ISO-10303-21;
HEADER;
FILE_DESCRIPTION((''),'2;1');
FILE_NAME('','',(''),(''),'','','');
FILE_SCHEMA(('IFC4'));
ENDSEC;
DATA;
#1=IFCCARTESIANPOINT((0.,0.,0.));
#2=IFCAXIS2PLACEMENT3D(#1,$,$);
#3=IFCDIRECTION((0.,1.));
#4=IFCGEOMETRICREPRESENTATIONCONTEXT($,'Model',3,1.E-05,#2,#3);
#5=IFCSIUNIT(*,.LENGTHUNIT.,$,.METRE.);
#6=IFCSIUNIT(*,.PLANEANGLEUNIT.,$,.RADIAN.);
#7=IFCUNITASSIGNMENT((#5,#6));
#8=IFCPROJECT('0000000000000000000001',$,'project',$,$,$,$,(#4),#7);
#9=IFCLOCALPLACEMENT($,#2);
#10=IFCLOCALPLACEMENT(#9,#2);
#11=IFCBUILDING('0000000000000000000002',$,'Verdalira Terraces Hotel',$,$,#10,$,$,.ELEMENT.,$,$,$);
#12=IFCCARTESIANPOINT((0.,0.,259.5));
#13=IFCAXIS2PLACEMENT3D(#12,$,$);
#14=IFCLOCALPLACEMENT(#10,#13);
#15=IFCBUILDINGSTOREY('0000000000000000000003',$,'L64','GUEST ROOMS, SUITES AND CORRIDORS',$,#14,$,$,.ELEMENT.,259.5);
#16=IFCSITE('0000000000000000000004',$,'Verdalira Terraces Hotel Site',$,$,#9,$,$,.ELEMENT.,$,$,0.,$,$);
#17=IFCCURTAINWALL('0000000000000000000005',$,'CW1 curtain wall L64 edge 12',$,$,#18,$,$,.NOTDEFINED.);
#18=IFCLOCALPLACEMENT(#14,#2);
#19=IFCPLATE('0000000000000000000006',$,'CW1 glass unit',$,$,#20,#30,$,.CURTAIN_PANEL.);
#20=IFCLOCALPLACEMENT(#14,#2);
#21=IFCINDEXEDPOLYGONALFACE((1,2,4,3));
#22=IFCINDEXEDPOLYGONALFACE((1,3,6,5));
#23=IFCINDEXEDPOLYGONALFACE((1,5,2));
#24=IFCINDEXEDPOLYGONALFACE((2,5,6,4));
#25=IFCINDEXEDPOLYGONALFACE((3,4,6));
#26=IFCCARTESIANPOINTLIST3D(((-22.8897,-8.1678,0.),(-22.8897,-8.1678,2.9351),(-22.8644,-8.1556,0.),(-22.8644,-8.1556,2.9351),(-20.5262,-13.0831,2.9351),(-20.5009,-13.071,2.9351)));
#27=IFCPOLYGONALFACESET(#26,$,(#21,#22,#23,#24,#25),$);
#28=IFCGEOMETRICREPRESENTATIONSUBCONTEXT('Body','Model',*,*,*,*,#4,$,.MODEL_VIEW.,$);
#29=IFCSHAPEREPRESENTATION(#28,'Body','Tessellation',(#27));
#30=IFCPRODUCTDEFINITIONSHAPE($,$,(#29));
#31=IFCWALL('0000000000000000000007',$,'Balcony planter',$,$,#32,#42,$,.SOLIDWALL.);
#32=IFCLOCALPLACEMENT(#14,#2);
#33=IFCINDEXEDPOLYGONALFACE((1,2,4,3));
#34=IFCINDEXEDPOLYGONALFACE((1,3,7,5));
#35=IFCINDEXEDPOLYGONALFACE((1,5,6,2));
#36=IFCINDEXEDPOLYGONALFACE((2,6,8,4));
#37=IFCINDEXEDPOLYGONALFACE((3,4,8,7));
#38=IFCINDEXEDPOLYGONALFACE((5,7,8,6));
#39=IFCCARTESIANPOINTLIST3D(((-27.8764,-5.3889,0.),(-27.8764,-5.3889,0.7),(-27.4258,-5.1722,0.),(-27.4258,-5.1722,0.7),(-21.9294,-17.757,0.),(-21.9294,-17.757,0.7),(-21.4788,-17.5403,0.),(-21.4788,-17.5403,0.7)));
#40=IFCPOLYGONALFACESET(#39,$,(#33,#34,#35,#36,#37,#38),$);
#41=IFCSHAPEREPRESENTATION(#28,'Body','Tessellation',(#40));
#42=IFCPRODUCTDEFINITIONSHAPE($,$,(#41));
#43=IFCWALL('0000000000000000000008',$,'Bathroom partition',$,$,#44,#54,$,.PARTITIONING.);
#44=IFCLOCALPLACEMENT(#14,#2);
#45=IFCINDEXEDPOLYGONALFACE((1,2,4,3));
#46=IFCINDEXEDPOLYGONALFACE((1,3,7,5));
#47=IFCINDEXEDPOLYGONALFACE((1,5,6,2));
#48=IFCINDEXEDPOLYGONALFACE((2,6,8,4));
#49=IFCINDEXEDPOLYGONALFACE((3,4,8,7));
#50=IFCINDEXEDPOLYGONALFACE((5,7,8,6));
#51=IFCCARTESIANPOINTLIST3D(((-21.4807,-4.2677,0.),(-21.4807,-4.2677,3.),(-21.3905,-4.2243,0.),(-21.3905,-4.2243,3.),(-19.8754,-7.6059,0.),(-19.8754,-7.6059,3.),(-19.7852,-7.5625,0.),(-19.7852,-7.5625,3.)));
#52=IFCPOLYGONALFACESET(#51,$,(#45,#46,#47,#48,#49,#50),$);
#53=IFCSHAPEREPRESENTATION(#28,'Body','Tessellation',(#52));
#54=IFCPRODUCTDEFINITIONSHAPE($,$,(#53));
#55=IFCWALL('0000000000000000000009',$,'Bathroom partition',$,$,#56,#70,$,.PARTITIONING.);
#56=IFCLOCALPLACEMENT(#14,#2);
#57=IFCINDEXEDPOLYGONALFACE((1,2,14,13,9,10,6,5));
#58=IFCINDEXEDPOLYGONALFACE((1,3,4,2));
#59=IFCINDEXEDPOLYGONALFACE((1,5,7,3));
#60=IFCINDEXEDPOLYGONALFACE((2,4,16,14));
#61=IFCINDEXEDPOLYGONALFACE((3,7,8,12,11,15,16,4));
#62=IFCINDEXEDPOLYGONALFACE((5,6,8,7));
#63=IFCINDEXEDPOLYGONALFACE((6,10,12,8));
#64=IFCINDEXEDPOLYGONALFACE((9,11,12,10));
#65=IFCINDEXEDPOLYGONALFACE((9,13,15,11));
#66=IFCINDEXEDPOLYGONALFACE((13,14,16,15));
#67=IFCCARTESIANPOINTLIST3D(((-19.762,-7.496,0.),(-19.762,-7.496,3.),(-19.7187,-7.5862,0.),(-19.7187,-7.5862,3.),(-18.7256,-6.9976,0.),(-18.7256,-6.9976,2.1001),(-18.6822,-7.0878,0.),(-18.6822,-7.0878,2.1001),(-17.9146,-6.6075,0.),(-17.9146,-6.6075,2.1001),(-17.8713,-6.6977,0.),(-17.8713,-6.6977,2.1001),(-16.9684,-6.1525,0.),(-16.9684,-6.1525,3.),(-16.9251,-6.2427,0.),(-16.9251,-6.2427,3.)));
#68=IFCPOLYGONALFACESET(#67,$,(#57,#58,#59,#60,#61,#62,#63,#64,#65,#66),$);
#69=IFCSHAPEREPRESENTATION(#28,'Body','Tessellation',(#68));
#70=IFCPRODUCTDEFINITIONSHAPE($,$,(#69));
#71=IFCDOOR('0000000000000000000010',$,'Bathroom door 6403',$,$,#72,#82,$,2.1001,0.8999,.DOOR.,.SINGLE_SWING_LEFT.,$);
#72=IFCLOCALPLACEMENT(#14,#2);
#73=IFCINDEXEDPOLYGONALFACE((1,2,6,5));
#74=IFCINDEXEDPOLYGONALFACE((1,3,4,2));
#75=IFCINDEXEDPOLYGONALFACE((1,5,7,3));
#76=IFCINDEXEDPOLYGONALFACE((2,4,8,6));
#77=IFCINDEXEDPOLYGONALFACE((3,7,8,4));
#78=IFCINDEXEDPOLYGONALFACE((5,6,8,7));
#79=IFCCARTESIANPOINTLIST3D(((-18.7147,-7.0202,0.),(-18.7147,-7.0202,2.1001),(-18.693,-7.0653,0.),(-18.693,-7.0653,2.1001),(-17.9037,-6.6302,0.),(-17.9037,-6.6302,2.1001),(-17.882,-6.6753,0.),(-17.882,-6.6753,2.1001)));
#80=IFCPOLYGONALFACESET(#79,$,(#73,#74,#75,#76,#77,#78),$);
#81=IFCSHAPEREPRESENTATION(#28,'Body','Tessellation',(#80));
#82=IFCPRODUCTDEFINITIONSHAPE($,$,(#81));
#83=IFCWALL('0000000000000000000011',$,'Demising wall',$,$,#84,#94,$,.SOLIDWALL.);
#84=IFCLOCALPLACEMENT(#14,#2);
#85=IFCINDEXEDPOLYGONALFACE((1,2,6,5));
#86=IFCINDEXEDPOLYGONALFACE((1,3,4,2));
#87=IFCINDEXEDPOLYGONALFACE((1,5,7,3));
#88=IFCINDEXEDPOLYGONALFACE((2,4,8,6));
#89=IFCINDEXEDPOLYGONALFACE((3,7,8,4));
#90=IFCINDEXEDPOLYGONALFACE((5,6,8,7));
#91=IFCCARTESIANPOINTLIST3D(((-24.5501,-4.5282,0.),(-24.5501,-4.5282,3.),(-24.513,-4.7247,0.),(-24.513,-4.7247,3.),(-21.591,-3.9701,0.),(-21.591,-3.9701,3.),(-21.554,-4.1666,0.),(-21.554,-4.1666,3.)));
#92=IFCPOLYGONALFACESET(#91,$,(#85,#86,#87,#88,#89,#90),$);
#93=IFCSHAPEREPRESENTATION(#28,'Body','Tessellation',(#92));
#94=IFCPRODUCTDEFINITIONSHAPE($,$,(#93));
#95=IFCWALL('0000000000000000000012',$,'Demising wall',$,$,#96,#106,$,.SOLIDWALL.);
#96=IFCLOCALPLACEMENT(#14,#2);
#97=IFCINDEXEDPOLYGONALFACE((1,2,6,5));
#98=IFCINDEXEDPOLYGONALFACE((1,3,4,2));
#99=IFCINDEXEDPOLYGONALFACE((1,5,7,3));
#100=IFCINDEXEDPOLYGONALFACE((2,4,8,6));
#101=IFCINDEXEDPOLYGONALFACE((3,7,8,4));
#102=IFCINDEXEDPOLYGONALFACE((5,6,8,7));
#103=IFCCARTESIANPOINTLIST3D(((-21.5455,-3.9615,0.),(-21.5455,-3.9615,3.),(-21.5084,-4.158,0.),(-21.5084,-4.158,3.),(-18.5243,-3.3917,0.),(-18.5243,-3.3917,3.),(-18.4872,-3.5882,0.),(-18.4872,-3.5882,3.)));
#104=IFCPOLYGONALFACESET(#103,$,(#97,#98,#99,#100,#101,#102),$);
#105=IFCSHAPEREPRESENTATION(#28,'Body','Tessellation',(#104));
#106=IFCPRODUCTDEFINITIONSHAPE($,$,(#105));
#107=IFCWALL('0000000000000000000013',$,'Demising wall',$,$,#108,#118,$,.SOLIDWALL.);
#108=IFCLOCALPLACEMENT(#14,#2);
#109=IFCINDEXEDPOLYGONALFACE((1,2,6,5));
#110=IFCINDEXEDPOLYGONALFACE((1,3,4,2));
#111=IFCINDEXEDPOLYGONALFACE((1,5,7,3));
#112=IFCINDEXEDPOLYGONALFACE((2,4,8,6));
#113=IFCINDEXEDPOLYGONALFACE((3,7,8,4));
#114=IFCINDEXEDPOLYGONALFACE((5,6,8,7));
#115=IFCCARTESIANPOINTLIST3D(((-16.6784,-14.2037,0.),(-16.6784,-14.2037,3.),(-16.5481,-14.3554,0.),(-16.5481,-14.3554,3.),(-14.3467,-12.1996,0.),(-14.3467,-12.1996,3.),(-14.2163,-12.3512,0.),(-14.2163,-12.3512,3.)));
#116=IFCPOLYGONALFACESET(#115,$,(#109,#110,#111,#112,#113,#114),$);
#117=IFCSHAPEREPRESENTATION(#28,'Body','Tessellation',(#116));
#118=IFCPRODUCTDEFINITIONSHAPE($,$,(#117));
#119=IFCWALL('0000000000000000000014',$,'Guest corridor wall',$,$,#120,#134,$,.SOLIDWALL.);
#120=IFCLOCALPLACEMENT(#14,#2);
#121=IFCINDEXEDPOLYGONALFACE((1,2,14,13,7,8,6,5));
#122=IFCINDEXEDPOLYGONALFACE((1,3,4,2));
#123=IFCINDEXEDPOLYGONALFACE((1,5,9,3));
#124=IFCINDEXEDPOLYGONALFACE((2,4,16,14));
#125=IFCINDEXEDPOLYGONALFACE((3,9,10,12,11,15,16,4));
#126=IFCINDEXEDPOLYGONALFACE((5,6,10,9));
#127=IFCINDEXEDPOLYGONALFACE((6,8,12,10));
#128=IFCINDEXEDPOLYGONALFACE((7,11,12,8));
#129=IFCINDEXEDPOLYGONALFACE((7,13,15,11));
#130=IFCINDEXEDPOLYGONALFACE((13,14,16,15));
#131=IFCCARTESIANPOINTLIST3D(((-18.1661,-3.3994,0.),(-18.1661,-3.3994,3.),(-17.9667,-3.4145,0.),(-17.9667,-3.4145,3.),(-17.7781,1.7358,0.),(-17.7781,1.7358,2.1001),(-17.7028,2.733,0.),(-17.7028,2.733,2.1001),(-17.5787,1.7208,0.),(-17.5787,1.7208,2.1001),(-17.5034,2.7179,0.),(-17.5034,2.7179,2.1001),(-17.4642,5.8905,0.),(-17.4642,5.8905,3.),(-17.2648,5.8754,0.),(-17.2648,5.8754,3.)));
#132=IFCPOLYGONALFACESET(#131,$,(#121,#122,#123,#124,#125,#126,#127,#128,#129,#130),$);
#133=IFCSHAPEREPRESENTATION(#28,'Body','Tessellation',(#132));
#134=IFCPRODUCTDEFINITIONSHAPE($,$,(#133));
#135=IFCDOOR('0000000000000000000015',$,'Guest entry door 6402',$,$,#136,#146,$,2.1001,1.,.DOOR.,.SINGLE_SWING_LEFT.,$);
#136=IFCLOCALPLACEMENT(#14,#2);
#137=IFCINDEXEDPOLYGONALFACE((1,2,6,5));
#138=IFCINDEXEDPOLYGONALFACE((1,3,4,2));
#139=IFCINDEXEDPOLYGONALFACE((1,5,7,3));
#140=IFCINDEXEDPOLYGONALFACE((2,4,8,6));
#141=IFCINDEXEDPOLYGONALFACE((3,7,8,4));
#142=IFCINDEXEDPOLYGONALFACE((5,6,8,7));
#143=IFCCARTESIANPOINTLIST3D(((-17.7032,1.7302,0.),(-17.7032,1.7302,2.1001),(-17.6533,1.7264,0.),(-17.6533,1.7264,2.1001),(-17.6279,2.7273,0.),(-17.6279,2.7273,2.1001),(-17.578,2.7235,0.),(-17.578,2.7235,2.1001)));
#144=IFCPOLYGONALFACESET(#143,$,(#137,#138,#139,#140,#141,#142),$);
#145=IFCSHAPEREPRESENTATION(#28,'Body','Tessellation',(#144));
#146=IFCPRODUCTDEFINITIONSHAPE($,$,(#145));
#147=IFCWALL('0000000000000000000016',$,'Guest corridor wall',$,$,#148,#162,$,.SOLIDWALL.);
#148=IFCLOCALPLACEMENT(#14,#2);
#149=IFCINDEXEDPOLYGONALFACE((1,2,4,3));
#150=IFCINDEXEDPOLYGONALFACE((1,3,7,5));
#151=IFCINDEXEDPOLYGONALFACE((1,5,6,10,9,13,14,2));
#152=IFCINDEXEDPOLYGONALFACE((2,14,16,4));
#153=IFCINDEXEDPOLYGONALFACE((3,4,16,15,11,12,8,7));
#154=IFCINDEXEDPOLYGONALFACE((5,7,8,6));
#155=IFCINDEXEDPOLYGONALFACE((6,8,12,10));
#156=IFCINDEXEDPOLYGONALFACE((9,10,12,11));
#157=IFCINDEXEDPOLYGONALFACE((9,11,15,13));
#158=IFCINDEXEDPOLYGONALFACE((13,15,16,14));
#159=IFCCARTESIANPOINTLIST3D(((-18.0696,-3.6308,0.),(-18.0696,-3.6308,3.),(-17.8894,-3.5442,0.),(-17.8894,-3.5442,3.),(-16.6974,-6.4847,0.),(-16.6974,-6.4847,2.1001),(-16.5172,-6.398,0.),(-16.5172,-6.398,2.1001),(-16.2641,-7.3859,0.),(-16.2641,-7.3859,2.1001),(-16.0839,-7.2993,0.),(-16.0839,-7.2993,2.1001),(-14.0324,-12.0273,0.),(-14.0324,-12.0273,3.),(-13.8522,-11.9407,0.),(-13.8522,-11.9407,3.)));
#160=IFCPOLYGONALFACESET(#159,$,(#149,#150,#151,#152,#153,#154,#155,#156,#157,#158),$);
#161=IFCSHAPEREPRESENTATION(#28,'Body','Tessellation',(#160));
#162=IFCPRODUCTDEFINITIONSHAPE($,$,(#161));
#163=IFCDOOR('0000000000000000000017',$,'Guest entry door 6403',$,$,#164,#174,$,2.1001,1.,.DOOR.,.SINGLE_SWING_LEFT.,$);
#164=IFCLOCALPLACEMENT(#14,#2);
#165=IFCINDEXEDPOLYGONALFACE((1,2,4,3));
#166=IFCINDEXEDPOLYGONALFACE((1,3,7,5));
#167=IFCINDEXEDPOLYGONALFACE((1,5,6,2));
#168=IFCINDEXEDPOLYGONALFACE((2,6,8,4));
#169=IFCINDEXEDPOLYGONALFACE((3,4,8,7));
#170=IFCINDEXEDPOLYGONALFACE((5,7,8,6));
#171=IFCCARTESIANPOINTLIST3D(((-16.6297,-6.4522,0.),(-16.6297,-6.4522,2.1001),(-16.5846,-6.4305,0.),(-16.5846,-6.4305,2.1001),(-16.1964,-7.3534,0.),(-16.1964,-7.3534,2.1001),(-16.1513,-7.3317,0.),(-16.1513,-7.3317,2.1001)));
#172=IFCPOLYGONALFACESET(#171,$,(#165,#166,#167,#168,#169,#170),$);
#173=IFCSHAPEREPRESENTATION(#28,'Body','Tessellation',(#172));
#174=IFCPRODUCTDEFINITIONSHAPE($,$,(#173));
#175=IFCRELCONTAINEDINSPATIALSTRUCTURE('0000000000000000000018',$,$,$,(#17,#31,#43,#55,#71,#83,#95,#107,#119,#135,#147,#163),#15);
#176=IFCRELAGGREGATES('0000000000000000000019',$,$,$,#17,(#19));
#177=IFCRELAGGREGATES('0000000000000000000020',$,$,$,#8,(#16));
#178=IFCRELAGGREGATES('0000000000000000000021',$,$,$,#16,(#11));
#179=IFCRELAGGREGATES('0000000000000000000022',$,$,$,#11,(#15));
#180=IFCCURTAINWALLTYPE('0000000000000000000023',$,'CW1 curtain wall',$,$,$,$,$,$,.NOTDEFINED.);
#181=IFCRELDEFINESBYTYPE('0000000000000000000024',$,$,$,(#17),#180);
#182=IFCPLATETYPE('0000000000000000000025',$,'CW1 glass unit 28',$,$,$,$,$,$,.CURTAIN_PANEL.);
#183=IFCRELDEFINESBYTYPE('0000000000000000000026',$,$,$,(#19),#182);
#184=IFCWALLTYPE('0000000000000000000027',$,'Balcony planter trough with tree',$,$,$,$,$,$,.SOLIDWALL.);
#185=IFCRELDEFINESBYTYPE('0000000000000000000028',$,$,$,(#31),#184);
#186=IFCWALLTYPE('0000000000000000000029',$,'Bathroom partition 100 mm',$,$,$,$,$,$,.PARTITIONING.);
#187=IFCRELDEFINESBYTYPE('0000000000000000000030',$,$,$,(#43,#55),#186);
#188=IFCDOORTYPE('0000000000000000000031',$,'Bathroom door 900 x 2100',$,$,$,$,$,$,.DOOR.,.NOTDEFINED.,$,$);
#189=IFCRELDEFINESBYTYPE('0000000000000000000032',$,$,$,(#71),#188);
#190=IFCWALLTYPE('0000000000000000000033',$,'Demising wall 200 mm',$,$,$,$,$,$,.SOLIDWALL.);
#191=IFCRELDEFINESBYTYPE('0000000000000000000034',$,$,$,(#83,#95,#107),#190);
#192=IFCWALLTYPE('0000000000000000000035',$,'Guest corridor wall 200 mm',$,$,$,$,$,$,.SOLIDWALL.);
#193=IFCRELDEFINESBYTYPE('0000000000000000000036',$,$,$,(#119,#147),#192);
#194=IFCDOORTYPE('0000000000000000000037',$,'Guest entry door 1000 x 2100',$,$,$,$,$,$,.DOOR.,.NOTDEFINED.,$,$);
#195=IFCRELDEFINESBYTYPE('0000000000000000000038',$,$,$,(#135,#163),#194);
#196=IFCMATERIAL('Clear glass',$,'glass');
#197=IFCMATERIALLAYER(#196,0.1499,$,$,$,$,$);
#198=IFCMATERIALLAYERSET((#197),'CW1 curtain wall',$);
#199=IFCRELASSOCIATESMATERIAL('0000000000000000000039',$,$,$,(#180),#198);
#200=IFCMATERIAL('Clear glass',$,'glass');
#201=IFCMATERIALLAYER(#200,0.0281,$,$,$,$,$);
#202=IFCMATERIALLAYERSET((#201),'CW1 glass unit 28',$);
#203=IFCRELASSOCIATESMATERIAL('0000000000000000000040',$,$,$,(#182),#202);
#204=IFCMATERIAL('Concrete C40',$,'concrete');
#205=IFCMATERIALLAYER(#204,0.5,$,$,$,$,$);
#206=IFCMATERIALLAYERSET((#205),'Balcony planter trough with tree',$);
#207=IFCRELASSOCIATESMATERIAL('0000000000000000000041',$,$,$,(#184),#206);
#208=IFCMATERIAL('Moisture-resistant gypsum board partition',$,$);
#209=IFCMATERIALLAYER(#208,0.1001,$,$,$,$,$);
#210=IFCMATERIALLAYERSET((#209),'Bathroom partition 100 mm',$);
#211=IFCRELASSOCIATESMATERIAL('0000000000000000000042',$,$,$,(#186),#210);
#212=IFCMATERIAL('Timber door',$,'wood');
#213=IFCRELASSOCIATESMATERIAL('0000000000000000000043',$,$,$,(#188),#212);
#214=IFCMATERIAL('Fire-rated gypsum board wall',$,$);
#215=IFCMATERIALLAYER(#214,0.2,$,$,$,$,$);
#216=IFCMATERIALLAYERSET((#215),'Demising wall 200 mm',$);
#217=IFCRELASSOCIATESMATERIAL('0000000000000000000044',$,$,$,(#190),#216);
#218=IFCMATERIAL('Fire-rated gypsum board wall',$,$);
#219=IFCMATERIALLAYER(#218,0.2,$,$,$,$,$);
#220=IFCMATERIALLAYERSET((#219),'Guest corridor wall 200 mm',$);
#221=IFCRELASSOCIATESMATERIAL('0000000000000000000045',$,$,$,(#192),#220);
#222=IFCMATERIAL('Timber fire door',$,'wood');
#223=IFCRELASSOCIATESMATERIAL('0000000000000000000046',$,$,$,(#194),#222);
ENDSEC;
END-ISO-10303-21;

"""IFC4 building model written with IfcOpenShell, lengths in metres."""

from ifc_helpers import new_model, si_unit, direction, frame, frame_2d, origin, place, context, subcontext, project, spatial, polyline, rectangle, outline, extrude, material, layer, layer_set, type_object, element, fill, aggregate, save


model = new_model("IFC4")

# Units and contexts
model_context = context("Model", 3, precision=1e-05, world=origin(), true_north=direction((0.0, 1.0)))
body_context = subcontext(model_context, "Body", "Model", "MODEL_VIEW")
ifc_project = project(units=[si_unit("LENGTHUNIT", "METRE"), si_unit("PLANEANGLEUNIT", "RADIAN")], contexts=[model_context])

# Site, building, storey
site_placement = place(None, origin())
site = spatial("IfcSite", under=ifc_project, at=site_placement, Name="Verdalira Terraces Hotel Site", CompositionType="ELEMENT", RefElevation=0.0)
building_placement = place(site_placement, origin())
building = spatial("IfcBuilding", under=site, at=building_placement, Name="Verdalira Terraces Hotel", CompositionType="ELEMENT")
storey_placement = place(building_placement, frame((0.0, 0.0, 259.5)))
storey = spatial("IfcBuildingStorey", under=building, at=storey_placement, Name="L64", Description="GUEST ROOMS, SUITES AND CORRIDORS", CompositionType="ELEMENT", Elevation=259.5)

# Shared definitions
ifc_material_1 = material(Name="Clear glass", Category="glass")
ifc_layer_1 = layer(ifc_material_1, 0.1499)
ifc_layer_set_1 = layer_set([ifc_layer_1], Name="CW1 curtain wall")
curtain_wall_type = type_object("IfcCurtainWallType", Name="CW1 curtain wall", PredefinedType="NOTDEFINED", material=ifc_layer_set_1)

# Curtain wall
curtain_wall_1_placement = place(storey_placement, origin())
curtain_wall_1 = element("IfcCurtainWall", 1, at=curtain_wall_1_placement, inside=storey, type_object=curtain_wall_type, Name="CW1 curtain wall L64 edge 12", PredefinedType="NOTDEFINED")

# Plate
ifc_material_2 = material(Name="Clear glass", Category="glass")
ifc_layer_2 = layer(ifc_material_2, 0.0281)
ifc_layer_set_2 = layer_set([ifc_layer_2], Name="CW1 glass unit 28")
plate_type = type_object("IfcPlateType", Name="CW1 glass unit 28", PredefinedType="CURTAIN_PANEL", material=ifc_layer_set_2)
plate_1_placement = place(storey_placement, frame((-21.6826, -10.6133, 1.4675), z_axis=(-0.901228, -0.433345, 0.0), x_axis=(0.433345, -0.901228, 0.0)))
plate_1 = element("IfcPlate", 2, at=plate_1_placement, type_object=plate_type, Name="CW1 glass unit", PredefinedType="CURTAIN_PANEL", context=body_context, shape_type="SweptSolid", body=[
    extrude(outline(polyline([(-2.7271, -1.4675), (2.7271, 1.4675), (-2.7271, 1.4675), (-2.7271, -1.4675)])), origin(), (0.0, 0.0, 1.0), 0.0281),
])
aggregate(curtain_wall_1, [plate_1])

# Walls
ifc_material_3 = material(Name="Concrete C40", Category="concrete")
ifc_layer_3 = layer(ifc_material_3, 0.5)
ifc_layer_set_3 = layer_set([ifc_layer_3], Name="Balcony planter trough with tree")
wall_type_1 = type_object("IfcWallType", Name="Balcony planter trough with tree", PredefinedType="SOLIDWALL", material=ifc_layer_set_3)
wall_1_placement = place(storey_placement, frame((-27.6511, -5.2805, 0.0), z_axis=(0.0, 0.0, 1.0), x_axis=(0.433341, -0.90123, 0.0)))
element("IfcWall", 3, at=wall_1_placement, inside=storey, type_object=wall_type_1, Name="Balcony planter", PredefinedType="SOLIDWALL", context=body_context, shape_type="SweptSolid", body=[
    extrude(rectangle(XDim=13.7236, YDim=0.5, at=frame_2d((6.8618, 0.0))), origin(), (0.0, 0.0, 1.0), 0.7),
])
ifc_material_4 = material(Name="Moisture-resistant gypsum board partition")
ifc_layer_4 = layer(ifc_material_4, 0.1001)
ifc_layer_set_4 = layer_set([ifc_layer_4], Name="Bathroom partition 100 mm")
wall_type_2 = type_object("IfcWallType", Name="Bathroom partition 100 mm", PredefinedType="PARTITIONING", material=ifc_layer_set_4)
wall_2_placement = place(storey_placement, frame((-19.8303, -7.5842, 0.0), z_axis=(0.0, 0.0, 1.0), x_axis=(-0.433372, 0.901215, 0.0)))
element("IfcWall", 4, at=wall_2_placement, inside=storey, type_object=wall_type_2, Name="Bathroom partition", PredefinedType="PARTITIONING", context=body_context, shape_type="SweptSolid", body=[
    extrude(rectangle(XDim=3.7041, YDim=0.1001, at=frame_2d((1.8521, 0.0))), origin(), (0.0, 0.0, 1.0), 3.0),
])

# Wall, opening, door
wall_3_placement = place(storey_placement, frame((-19.7402, -7.541, 0.0), z_axis=(0.0, 0.0, 1.0), x_axis=(0.901205, 0.433394, 0.0)))
wall_3 = element("IfcWall", 5, at=wall_3_placement, inside=storey, type_object=wall_type_2, Name="Bathroom partition", PredefinedType="PARTITIONING", context=body_context, shape_type="SweptSolid", body=[
    extrude(rectangle(XDim=3.0999, YDim=0.1001, at=frame_2d((1.5498, 0.0))), origin(), (0.0, 0.0, 1.0), 3.0),
])
opening_1_placement = place(wall_3_placement, frame((1.1499, 0.0, 0.0)))
opening_1 = element("IfcOpeningElement", 6, at=opening_1_placement, cuts=wall_3, PredefinedType="OPENING", context=body_context, shape_type="SweptSolid", body=[
    extrude(rectangle(XDim=0.8999, YDim=2.1001, at=frame_2d((0.45, 1.05))), frame((0.0, 0.0601, 0.0), z_axis=(0.0, -1.0, 0.0), x_axis=(1.0, 0.0, 0.0)), (0.0, 0.0, 1.0), 0.1201),
])
ifc_material_5 = material(Name="Timber door", Category="wood")
door_type_1 = type_object("IfcDoorType", Name="Bathroom door 900 x 2100", OperationType="NOTDEFINED", PredefinedType="DOOR", material=ifc_material_5)
door_1_placement = place(opening_1_placement, origin())
door_1 = element("IfcDoor", 7, at=door_1_placement, inside=storey, type_object=door_type_1, Name="Bathroom door 6403", OperationType="SINGLE_SWING_LEFT", OverallHeight=2.1001, OverallWidth=0.8999, PredefinedType="DOOR", context=body_context, shape_type="SweptSolid", body=[
    extrude(rectangle(XDim=0.8999, YDim=2.1001, at=frame_2d((0.45, 1.05))), frame((0.0, 0.0249, 0.0), z_axis=(0.0, -1.0, 0.0), x_axis=(1.0, 0.0, 0.0)), (0.0, 0.0, 1.0), 0.05),
])
fill(opening_1, door_1)

# Walls
ifc_material_6 = material(Name="Fire-rated gypsum board wall")
ifc_layer_5 = layer(ifc_material_6, 0.2)
ifc_layer_set_5 = layer_set([ifc_layer_5], Name="Demising wall 200 mm")
wall_type_3 = type_object("IfcWallType", Name="Demising wall 200 mm", PredefinedType="SOLIDWALL", material=ifc_layer_set_5)
wall_4_placement = place(storey_placement, frame((-21.5725, -4.0684, 0.0), z_axis=(0.0, 0.0, 1.0), x_axis=(-0.982673, -0.185346, 0.0)))
element("IfcWall", 8, at=wall_4_placement, inside=storey, type_object=wall_type_3, Name="Demising wall", PredefinedType="SOLIDWALL", context=body_context, shape_type="SweptSolid", body=[
    extrude(rectangle(XDim=3.0112, YDim=0.2, at=frame_2d((1.5056, 0.0))), origin(), (0.0, 0.0, 1.0), 3.0),
])
wall_5_placement = place(storey_placement, frame((-18.5059, -3.49, 0.0), z_axis=(0.0, 0.0, 1.0), x_axis=(-0.982675, -0.185338, 0.0)))
element("IfcWall", 9, at=wall_5_placement, inside=storey, type_object=wall_type_3, Name="Demising wall", PredefinedType="SOLIDWALL", context=body_context, shape_type="SweptSolid", body=[
    extrude(rectangle(XDim=3.0745, YDim=0.2, at=frame_2d((1.5371, 0.0))), origin(), (0.0, 0.0, 1.0), 3.0),
])
wall_6_placement = place(storey_placement, frame((-14.2815, -12.2754, 0.0), z_axis=(0.0, 0.0, 1.0), x_axis=(-0.758376, -0.651817, 0.0)))
element("IfcWall", 10, at=wall_6_placement, inside=storey, type_object=wall_type_3, Name="Demising wall", PredefinedType="SOLIDWALL", context=body_context, shape_type="SweptSolid", body=[
    extrude(rectangle(XDim=3.0747, YDim=0.2, at=frame_2d((1.5374, 0.0))), origin(), (0.0, 0.0, 1.0), 3.0),
])

# Walls, openings, doors
ifc_material_7 = material(Name="Fire-rated gypsum board wall")
ifc_layer_6 = layer(ifc_material_7, 0.2)
ifc_layer_set_6 = layer_set([ifc_layer_6], Name="Guest corridor wall 200 mm")
wall_type_4 = type_object("IfcWallType", Name="Guest corridor wall 200 mm", PredefinedType="SOLIDWALL", material=ifc_layer_set_6)
wall_7_placement = place(storey_placement, frame((-18.0664, -3.407, 0.0), z_axis=(0.0, 0.0, 1.0), x_axis=(0.07534, 0.997158, 0.0)))
wall_7 = element("IfcWall", 11, at=wall_7_placement, inside=storey, type_object=wall_type_4, Name="Guest corridor wall", PredefinedType="SOLIDWALL", context=body_context, shape_type="SweptSolid", body=[
    extrude(rectangle(XDim=9.3164, YDim=0.2, at=frame_2d((4.6582, 0.0))), origin(), (0.0, 0.0, 1.0), 3.0),
])
opening_2_placement = place(wall_7_placement, frame((5.1499, 0.0, 0.0)))
opening_2 = element("IfcOpeningElement", 12, at=opening_2_placement, cuts=wall_7, PredefinedType="OPENING", context=body_context, shape_type="SweptSolid", body=[
    extrude(rectangle(XDim=1.0, YDim=2.1001, at=frame_2d((0.5, 1.05))), frame((0.0, 0.1099, 0.0), z_axis=(0.0, -1.0, 0.0), x_axis=(1.0, 0.0, 0.0)), (0.0, 0.0, 1.0), 0.22),
])
ifc_material_8 = material(Name="Timber fire door", Category="wood")
door_type_2 = type_object("IfcDoorType", Name="Guest entry door 1000 x 2100", OperationType="NOTDEFINED", PredefinedType="DOOR", material=ifc_material_8)
door_2_placement = place(opening_2_placement, origin())
door_2 = element("IfcDoor", 13, at=door_2_placement, inside=storey, type_object=door_type_2, Name="Guest entry door 6402", OperationType="SINGLE_SWING_LEFT", OverallHeight=2.1001, OverallWidth=1.0, PredefinedType="DOOR", context=body_context, shape_type="SweptSolid", body=[
    extrude(rectangle(XDim=1.0, YDim=2.1001, at=frame_2d((0.5, 1.05))), frame((0.0, 0.0249, 0.0), z_axis=(0.0, -1.0, 0.0), x_axis=(1.0, 0.0, 0.0)), (0.0, 0.0, 1.0), 0.05),
])
fill(opening_2, door_2)
wall_8_placement = place(storey_placement, frame((-13.9424, -11.9839, 0.0), z_axis=(0.0, 0.0, 1.0), x_axis=(-0.433324, 0.901238, 0.0)))
wall_8 = element("IfcWall", 14, at=wall_8_placement, inside=storey, type_object=wall_type_4, Name="Guest corridor wall", PredefinedType="SOLIDWALL", context=body_context, shape_type="SweptSolid", body=[
    extrude(rectangle(XDim=9.3166, YDim=0.2, at=frame_2d((4.6582, 0.0))), origin(), (0.0, 0.0, 1.0), 3.0),
])
opening_3_placement = place(wall_8_placement, frame((5.1499, 0.0, 0.0)))
opening_3 = element("IfcOpeningElement", 15, at=opening_3_placement, cuts=wall_8, PredefinedType="OPENING", context=body_context, shape_type="SweptSolid", body=[
    extrude(rectangle(XDim=1.0, YDim=2.1001, at=frame_2d((0.5, 1.05))), frame((0.0, 0.1099, 0.0), z_axis=(0.0, -1.0, 0.0), x_axis=(1.0, 0.0, 0.0)), (0.0, 0.0, 1.0), 0.22),
])
door_3_placement = place(opening_3_placement, origin())
door_3 = element("IfcDoor", 16, at=door_3_placement, inside=storey, type_object=door_type_2, Name="Guest entry door 6403", OperationType="SINGLE_SWING_LEFT", OverallHeight=2.1001, OverallWidth=1.0, PredefinedType="DOOR", context=body_context, shape_type="SweptSolid", body=[
    extrude(rectangle(XDim=1.0, YDim=2.1001, at=frame_2d((0.5, 1.05))), frame((0.0, 0.0249, 0.0), z_axis=(0.0, -1.0, 0.0), x_axis=(1.0, 0.0, 0.0)), (0.0, 0.0, 1.0), 0.05),
])
fill(opening_3, door_3)

save(model, "model.ifc")
